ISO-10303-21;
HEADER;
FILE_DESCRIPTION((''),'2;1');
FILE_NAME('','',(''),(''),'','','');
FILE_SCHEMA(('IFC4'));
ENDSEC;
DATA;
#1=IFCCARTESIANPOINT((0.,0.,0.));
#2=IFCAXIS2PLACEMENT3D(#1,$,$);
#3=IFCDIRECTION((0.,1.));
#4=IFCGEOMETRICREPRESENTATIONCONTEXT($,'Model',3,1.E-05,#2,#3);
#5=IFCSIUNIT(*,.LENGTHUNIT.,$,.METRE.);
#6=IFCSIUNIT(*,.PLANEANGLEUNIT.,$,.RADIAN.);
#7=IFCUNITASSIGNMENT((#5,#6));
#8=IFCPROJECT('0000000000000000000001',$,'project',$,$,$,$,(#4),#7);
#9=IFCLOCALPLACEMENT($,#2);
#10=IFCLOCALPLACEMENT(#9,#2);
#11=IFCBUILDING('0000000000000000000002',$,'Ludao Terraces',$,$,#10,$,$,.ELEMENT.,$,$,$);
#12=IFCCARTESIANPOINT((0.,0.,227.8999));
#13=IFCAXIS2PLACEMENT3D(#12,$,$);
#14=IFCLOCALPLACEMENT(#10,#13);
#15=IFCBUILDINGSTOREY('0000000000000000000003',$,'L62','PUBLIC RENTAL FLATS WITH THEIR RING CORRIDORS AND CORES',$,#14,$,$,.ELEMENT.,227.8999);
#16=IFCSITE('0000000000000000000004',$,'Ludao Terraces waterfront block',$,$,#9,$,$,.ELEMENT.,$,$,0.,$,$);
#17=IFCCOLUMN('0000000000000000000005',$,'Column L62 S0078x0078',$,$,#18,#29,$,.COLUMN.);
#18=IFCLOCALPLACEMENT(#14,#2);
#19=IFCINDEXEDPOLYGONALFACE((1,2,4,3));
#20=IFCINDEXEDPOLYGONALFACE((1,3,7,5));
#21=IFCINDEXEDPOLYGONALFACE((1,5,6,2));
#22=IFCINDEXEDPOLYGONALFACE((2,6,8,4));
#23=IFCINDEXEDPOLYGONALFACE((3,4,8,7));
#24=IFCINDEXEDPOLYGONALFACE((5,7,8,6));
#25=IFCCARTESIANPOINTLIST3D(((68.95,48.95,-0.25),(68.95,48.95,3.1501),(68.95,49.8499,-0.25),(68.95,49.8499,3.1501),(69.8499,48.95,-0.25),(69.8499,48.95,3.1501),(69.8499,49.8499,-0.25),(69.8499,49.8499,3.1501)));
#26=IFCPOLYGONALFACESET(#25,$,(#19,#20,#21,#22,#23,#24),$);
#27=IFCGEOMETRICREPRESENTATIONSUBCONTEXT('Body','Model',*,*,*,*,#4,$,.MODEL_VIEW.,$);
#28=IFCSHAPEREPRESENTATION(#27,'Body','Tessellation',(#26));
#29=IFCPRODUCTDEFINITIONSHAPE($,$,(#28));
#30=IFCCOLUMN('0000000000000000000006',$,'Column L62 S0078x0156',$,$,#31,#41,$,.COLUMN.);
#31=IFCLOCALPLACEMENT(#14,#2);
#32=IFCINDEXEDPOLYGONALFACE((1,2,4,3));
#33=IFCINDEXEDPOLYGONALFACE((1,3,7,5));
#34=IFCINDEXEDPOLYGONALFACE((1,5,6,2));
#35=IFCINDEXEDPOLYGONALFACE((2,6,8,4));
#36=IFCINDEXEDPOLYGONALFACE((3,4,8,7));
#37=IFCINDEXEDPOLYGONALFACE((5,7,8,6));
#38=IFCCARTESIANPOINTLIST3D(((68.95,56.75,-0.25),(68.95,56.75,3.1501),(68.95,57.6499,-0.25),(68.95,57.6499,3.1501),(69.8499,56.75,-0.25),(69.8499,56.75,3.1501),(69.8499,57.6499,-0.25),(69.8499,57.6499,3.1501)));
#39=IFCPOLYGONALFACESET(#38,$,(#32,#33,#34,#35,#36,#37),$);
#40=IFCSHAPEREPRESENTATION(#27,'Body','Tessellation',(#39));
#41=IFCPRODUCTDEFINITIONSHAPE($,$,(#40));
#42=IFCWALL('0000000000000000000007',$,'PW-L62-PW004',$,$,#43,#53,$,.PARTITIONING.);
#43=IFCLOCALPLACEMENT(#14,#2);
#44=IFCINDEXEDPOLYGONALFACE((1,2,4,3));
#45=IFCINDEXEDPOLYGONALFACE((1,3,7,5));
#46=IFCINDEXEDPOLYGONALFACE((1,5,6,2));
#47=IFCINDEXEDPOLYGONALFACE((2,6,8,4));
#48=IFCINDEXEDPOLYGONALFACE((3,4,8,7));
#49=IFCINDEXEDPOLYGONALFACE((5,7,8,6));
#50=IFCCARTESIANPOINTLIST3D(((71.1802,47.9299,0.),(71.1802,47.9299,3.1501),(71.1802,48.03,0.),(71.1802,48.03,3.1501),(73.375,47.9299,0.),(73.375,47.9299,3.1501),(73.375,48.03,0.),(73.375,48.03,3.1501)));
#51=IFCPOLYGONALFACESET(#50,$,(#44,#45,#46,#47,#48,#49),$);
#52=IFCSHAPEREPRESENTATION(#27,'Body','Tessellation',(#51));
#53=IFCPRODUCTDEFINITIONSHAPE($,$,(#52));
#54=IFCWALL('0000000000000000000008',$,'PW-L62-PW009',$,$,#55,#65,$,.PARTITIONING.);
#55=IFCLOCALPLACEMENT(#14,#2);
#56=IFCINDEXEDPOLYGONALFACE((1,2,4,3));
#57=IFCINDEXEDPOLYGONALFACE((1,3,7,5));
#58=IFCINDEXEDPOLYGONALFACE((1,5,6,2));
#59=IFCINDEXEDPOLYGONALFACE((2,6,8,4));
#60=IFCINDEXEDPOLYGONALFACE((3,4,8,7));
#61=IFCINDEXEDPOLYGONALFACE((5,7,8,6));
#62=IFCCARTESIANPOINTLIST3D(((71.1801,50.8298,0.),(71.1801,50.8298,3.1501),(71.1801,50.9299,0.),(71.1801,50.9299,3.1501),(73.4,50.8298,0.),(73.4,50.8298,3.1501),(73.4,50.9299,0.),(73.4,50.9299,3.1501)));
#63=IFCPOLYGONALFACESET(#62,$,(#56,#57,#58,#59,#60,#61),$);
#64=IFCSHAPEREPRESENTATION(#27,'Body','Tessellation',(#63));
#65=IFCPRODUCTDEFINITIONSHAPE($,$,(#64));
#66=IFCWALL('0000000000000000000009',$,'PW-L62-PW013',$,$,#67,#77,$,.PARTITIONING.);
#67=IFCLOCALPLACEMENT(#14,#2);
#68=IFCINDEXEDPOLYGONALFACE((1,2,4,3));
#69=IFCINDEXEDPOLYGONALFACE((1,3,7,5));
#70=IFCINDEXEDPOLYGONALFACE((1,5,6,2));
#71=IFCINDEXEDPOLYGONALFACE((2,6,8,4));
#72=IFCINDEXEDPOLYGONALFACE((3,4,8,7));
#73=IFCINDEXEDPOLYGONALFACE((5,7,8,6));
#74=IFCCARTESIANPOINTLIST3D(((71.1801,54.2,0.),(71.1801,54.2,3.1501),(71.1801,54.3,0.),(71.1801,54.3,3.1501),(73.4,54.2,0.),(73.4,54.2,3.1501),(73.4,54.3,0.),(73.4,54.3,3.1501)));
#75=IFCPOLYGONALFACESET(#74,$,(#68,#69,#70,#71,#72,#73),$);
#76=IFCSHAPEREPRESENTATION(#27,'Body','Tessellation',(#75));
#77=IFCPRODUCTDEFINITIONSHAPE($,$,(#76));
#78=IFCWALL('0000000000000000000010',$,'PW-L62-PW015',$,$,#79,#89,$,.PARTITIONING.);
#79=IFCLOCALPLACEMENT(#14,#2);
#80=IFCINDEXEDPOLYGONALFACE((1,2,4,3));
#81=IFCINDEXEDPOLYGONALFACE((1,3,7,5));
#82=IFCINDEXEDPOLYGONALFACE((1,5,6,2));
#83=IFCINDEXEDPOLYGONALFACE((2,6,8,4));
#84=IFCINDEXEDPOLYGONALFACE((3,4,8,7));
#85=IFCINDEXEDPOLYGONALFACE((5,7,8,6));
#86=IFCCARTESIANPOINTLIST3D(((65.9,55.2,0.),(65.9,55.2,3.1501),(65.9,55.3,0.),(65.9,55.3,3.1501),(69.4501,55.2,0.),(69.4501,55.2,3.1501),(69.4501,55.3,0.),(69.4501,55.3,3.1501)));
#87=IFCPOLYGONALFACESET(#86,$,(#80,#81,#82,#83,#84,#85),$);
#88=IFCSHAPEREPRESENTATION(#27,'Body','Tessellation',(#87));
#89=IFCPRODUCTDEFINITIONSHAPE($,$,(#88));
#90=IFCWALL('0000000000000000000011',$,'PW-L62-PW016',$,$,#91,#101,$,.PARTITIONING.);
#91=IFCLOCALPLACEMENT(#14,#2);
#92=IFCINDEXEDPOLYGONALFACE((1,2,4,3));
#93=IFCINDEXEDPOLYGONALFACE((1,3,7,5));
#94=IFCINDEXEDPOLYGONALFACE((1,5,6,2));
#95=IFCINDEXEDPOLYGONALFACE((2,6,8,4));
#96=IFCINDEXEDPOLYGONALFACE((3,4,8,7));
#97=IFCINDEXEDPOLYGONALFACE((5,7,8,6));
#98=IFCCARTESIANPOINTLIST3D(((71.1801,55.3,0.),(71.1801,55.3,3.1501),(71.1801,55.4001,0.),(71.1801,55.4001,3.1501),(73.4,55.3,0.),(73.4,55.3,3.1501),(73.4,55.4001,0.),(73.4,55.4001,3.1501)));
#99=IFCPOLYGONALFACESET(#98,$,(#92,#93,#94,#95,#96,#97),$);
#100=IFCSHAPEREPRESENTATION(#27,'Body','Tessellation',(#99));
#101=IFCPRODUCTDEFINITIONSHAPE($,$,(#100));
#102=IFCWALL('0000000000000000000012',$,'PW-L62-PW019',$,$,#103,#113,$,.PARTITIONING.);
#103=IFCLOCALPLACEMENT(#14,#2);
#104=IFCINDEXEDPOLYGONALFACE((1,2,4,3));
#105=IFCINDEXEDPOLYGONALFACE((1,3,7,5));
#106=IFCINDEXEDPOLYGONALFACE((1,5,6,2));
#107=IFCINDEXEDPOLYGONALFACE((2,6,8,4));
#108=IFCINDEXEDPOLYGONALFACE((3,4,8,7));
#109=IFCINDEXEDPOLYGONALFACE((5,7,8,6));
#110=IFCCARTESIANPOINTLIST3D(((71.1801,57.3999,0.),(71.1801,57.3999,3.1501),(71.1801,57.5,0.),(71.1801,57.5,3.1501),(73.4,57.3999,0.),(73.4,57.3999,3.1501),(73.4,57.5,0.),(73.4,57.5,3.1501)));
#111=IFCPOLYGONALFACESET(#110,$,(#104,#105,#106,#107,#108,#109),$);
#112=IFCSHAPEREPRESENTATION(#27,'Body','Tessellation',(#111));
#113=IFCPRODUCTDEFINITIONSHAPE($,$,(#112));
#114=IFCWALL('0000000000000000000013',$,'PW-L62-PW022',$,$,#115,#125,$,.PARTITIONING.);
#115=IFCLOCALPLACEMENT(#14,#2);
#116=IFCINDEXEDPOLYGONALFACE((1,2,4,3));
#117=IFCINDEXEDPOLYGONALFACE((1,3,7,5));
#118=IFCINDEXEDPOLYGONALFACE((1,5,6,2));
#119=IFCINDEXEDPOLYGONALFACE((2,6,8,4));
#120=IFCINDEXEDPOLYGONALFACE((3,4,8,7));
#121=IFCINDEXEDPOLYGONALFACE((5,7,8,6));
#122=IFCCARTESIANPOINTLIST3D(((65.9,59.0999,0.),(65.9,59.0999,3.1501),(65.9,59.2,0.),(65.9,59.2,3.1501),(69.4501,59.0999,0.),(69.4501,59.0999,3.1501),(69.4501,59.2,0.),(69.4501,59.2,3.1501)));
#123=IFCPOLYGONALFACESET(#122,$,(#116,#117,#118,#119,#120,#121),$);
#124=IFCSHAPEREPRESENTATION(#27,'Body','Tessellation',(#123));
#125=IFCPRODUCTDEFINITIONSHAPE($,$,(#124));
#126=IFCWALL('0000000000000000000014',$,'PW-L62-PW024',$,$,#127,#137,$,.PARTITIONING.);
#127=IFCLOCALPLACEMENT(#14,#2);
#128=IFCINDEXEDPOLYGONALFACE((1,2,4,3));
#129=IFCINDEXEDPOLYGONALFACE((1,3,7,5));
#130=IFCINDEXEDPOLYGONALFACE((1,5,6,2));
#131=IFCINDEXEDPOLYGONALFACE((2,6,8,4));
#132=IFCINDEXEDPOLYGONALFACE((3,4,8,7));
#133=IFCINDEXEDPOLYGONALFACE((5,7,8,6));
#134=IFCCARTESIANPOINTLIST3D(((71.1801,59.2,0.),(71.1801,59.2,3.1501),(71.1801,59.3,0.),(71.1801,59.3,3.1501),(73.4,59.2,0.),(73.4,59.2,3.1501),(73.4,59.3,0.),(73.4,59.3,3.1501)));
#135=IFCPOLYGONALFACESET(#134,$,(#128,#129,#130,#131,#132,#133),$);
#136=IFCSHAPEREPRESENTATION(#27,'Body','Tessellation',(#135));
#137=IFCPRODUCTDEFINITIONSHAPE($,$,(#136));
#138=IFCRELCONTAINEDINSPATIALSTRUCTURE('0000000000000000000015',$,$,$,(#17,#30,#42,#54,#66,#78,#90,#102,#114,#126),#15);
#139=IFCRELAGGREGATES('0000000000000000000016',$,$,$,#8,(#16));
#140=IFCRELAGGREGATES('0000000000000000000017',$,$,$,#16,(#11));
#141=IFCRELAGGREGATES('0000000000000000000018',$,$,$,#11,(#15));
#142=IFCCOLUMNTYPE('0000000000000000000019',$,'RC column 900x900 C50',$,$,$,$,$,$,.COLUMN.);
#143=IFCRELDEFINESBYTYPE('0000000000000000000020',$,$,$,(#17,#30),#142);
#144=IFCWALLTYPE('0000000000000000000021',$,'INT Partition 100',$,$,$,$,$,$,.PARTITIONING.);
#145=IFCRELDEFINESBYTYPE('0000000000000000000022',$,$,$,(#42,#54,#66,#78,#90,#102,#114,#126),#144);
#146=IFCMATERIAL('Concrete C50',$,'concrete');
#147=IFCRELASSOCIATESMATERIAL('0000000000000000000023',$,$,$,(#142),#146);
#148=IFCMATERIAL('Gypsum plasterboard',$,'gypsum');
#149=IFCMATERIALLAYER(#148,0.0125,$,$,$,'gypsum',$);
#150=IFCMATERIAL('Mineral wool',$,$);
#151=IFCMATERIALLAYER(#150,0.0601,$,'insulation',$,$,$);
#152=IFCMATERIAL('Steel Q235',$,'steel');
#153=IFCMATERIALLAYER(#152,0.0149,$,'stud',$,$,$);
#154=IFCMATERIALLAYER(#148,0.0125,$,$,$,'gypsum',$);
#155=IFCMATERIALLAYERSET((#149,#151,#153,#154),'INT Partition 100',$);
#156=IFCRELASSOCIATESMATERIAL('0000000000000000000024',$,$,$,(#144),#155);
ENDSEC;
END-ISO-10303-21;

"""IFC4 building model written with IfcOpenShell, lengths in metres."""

from ifc_helpers import new_model, si_unit, direction, frame, frame_2d, origin, origin_2d, place, context, subcontext, project, spatial, rectangle, extrude, material, layer, layer_set, material_profile, profile_set, type_object, element, save


model = new_model("IFC4")

# Units and contexts
model_context = context("Model", 3, precision=1e-05, world=origin(), true_north=direction((0.0, 1.0)))
body_context = subcontext(model_context, "Body", "Model", "MODEL_VIEW")
ifc_project = project(units=[si_unit("LENGTHUNIT", "METRE"), si_unit("PLANEANGLEUNIT", "RADIAN")], contexts=[model_context])

# Site, building, storey
site_placement = place(None, origin())
site = spatial("IfcSite", under=ifc_project, at=site_placement, Name="Ludao Terraces waterfront block", CompositionType="ELEMENT", RefElevation=0.0)
building_placement = place(site_placement, origin())
building = spatial("IfcBuilding", under=site, at=building_placement, Name="Ludao Terraces", CompositionType="ELEMENT")
storey_placement = place(building_placement, frame((0.0, 0.0, 227.8999)))
storey = spatial("IfcBuildingStorey", under=building, at=storey_placement, Name="L62", Description="PUBLIC RENTAL FLATS WITH THEIR RING CORRIDORS AND CORES", CompositionType="ELEMENT", Elevation=227.8999)

# Columns
ifc_material_1 = material(Name="Concrete C50", Category="concrete")
ifc_material_profile = material_profile(ifc_material_1, rectangle(XDim=0.8999, YDim=0.8999, at=origin_2d()), Name="900 X 900")
ifc_profile_set = profile_set([ifc_material_profile], Name="Concrete C50")
column_type = type_object("IfcColumnType", Name="RC column 900x900 C50", PredefinedType="COLUMN", material=ifc_profile_set)
for number, where, z_axis, x_axis, name in (
    (1, (69.3999, 49.3999, -0.25), (0.0, 0.0, 1.0), (1.0, 0.0, 0.0), "Column L62 S0078x0078"),
    (2, (69.3999, 57.2, -0.25), (0.0, 0.0, 1.0), (1.0, 0.0, 0.0), "Column L62 S0078x0156"),
):
    element("IfcColumn", number, at=place(storey_placement, frame(where, z_axis=z_axis, x_axis=x_axis)), inside=storey, type_object=column_type, Name=name, PredefinedType="COLUMN", context=body_context, shape_type="SweptSolid", body=[
        extrude(rectangle(XDim=0.8999, YDim=0.8999, at=origin_2d()), origin(), (0.0, 0.0, 1.0), 3.4001),
    ])

# Walls
ifc_material_2 = material(Name="Gypsum plasterboard", Category="gypsum")
ifc_layer_1 = layer(ifc_material_2, 0.0125, Category="gypsum")
ifc_material_3 = material(Name="Mineral wool")
ifc_layer_2 = layer(ifc_material_3, 0.0601, Name="insulation")
ifc_material_4 = material(Name="Steel Q235", Category="steel")
ifc_layer_3 = layer(ifc_material_4, 0.0149, Name="stud")
ifc_layer_4 = layer(ifc_material_2, 0.0125, Category="gypsum")
ifc_layer_set = layer_set([ifc_layer_1, ifc_layer_2, ifc_layer_3, ifc_layer_4], Name="INT Partition 100")
wall_type = type_object("IfcWallType", Name="INT Partition 100", PredefinedType="PARTITIONING", material=ifc_layer_set)
wall_1_placement = place(storey_placement, frame((71.1802, 47.98, 0.0), z_axis=(0.0, 0.0, 1.0), x_axis=(1.0, 0.0, 0.0)))
element("IfcWall", 3, at=wall_1_placement, inside=storey, type_object=wall_type, Name="PW-L62-PW004", PredefinedType="PARTITIONING", context=body_context, shape_type="SweptSolid", body=[
    extrude(rectangle(XDim=2.1948, YDim=0.1001, at=frame_2d((1.0974, 0.0))), origin(), (0.0, 0.0, 1.0), 3.1501),
])
for number, where, z_axis, x_axis, name in (
    (4, (71.1802, 50.8799, 0.0), (0.0, 0.0, 1.0), (1.0, 0.0, 0.0), "PW-L62-PW009"),
    (5, (71.1802, 54.25, 0.0), (0.0, 0.0, 1.0), (1.0, 0.0, 0.0), "PW-L62-PW013"),
):
    element("IfcWall", number, at=place(storey_placement, frame(where, z_axis=z_axis, x_axis=x_axis)), inside=storey, type_object=wall_type, Name=name, PredefinedType="PARTITIONING", context=body_context, shape_type="SweptSolid", body=[
        extrude(rectangle(XDim=2.22, YDim=0.1001, at=frame_2d((1.1099, 0.0))), origin(), (0.0, 0.0, 1.0), 3.1501),
    ])
wall_2_placement = place(storey_placement, frame((65.9001, 55.25, 0.0), z_axis=(0.0, 0.0, 1.0), x_axis=(1.0, 0.0, 0.0)))
element("IfcWall", 6, at=wall_2_placement, inside=storey, type_object=wall_type, Name="PW-L62-PW015", PredefinedType="PARTITIONING", context=body_context, shape_type="SweptSolid", body=[
    extrude(rectangle(XDim=3.55, YDim=0.1001, at=frame_2d((1.7749, 0.0))), origin(), (0.0, 0.0, 1.0), 3.1501),
])
for number, where, z_axis, x_axis, name in (
    (7, (71.1802, 55.3501, 0.0), (0.0, 0.0, 1.0), (1.0, 0.0, 0.0), "PW-L62-PW016"),
    (8, (71.1802, 57.45, 0.0), (0.0, 0.0, 1.0), (1.0, 0.0, 0.0), "PW-L62-PW019"),
):
    element("IfcWall", number, at=place(storey_placement, frame(where, z_axis=z_axis, x_axis=x_axis)), inside=storey, type_object=wall_type, Name=name, PredefinedType="PARTITIONING", context=body_context, shape_type="SweptSolid", body=[
        extrude(rectangle(XDim=2.22, YDim=0.1001, at=frame_2d((1.1099, 0.0))), origin(), (0.0, 0.0, 1.0), 3.1501),
    ])
wall_3_placement = place(storey_placement, frame((65.9001, 59.1499, 0.0), z_axis=(0.0, 0.0, 1.0), x_axis=(1.0, 0.0, 0.0)))
element("IfcWall", 9, at=wall_3_placement, inside=storey, type_object=wall_type, Name="PW-L62-PW022", PredefinedType="PARTITIONING", context=body_context, shape_type="SweptSolid", body=[
    extrude(rectangle(XDim=3.55, YDim=0.1001, at=frame_2d((1.7749, 0.0))), origin(), (0.0, 0.0, 1.0), 3.1501),
])
wall_4_placement = place(storey_placement, frame((71.1802, 59.25, 0.0), z_axis=(0.0, 0.0, 1.0), x_axis=(1.0, 0.0, 0.0)))
element("IfcWall", 10, at=wall_4_placement, inside=storey, type_object=wall_type, Name="PW-L62-PW024", PredefinedType="PARTITIONING", context=body_context, shape_type="SweptSolid", body=[
    extrude(rectangle(XDim=2.22, YDim=0.1001, at=frame_2d((1.1099, 0.0))), origin(), (0.0, 0.0, 1.0), 3.1501),
])

save(model, "model.ifc")
